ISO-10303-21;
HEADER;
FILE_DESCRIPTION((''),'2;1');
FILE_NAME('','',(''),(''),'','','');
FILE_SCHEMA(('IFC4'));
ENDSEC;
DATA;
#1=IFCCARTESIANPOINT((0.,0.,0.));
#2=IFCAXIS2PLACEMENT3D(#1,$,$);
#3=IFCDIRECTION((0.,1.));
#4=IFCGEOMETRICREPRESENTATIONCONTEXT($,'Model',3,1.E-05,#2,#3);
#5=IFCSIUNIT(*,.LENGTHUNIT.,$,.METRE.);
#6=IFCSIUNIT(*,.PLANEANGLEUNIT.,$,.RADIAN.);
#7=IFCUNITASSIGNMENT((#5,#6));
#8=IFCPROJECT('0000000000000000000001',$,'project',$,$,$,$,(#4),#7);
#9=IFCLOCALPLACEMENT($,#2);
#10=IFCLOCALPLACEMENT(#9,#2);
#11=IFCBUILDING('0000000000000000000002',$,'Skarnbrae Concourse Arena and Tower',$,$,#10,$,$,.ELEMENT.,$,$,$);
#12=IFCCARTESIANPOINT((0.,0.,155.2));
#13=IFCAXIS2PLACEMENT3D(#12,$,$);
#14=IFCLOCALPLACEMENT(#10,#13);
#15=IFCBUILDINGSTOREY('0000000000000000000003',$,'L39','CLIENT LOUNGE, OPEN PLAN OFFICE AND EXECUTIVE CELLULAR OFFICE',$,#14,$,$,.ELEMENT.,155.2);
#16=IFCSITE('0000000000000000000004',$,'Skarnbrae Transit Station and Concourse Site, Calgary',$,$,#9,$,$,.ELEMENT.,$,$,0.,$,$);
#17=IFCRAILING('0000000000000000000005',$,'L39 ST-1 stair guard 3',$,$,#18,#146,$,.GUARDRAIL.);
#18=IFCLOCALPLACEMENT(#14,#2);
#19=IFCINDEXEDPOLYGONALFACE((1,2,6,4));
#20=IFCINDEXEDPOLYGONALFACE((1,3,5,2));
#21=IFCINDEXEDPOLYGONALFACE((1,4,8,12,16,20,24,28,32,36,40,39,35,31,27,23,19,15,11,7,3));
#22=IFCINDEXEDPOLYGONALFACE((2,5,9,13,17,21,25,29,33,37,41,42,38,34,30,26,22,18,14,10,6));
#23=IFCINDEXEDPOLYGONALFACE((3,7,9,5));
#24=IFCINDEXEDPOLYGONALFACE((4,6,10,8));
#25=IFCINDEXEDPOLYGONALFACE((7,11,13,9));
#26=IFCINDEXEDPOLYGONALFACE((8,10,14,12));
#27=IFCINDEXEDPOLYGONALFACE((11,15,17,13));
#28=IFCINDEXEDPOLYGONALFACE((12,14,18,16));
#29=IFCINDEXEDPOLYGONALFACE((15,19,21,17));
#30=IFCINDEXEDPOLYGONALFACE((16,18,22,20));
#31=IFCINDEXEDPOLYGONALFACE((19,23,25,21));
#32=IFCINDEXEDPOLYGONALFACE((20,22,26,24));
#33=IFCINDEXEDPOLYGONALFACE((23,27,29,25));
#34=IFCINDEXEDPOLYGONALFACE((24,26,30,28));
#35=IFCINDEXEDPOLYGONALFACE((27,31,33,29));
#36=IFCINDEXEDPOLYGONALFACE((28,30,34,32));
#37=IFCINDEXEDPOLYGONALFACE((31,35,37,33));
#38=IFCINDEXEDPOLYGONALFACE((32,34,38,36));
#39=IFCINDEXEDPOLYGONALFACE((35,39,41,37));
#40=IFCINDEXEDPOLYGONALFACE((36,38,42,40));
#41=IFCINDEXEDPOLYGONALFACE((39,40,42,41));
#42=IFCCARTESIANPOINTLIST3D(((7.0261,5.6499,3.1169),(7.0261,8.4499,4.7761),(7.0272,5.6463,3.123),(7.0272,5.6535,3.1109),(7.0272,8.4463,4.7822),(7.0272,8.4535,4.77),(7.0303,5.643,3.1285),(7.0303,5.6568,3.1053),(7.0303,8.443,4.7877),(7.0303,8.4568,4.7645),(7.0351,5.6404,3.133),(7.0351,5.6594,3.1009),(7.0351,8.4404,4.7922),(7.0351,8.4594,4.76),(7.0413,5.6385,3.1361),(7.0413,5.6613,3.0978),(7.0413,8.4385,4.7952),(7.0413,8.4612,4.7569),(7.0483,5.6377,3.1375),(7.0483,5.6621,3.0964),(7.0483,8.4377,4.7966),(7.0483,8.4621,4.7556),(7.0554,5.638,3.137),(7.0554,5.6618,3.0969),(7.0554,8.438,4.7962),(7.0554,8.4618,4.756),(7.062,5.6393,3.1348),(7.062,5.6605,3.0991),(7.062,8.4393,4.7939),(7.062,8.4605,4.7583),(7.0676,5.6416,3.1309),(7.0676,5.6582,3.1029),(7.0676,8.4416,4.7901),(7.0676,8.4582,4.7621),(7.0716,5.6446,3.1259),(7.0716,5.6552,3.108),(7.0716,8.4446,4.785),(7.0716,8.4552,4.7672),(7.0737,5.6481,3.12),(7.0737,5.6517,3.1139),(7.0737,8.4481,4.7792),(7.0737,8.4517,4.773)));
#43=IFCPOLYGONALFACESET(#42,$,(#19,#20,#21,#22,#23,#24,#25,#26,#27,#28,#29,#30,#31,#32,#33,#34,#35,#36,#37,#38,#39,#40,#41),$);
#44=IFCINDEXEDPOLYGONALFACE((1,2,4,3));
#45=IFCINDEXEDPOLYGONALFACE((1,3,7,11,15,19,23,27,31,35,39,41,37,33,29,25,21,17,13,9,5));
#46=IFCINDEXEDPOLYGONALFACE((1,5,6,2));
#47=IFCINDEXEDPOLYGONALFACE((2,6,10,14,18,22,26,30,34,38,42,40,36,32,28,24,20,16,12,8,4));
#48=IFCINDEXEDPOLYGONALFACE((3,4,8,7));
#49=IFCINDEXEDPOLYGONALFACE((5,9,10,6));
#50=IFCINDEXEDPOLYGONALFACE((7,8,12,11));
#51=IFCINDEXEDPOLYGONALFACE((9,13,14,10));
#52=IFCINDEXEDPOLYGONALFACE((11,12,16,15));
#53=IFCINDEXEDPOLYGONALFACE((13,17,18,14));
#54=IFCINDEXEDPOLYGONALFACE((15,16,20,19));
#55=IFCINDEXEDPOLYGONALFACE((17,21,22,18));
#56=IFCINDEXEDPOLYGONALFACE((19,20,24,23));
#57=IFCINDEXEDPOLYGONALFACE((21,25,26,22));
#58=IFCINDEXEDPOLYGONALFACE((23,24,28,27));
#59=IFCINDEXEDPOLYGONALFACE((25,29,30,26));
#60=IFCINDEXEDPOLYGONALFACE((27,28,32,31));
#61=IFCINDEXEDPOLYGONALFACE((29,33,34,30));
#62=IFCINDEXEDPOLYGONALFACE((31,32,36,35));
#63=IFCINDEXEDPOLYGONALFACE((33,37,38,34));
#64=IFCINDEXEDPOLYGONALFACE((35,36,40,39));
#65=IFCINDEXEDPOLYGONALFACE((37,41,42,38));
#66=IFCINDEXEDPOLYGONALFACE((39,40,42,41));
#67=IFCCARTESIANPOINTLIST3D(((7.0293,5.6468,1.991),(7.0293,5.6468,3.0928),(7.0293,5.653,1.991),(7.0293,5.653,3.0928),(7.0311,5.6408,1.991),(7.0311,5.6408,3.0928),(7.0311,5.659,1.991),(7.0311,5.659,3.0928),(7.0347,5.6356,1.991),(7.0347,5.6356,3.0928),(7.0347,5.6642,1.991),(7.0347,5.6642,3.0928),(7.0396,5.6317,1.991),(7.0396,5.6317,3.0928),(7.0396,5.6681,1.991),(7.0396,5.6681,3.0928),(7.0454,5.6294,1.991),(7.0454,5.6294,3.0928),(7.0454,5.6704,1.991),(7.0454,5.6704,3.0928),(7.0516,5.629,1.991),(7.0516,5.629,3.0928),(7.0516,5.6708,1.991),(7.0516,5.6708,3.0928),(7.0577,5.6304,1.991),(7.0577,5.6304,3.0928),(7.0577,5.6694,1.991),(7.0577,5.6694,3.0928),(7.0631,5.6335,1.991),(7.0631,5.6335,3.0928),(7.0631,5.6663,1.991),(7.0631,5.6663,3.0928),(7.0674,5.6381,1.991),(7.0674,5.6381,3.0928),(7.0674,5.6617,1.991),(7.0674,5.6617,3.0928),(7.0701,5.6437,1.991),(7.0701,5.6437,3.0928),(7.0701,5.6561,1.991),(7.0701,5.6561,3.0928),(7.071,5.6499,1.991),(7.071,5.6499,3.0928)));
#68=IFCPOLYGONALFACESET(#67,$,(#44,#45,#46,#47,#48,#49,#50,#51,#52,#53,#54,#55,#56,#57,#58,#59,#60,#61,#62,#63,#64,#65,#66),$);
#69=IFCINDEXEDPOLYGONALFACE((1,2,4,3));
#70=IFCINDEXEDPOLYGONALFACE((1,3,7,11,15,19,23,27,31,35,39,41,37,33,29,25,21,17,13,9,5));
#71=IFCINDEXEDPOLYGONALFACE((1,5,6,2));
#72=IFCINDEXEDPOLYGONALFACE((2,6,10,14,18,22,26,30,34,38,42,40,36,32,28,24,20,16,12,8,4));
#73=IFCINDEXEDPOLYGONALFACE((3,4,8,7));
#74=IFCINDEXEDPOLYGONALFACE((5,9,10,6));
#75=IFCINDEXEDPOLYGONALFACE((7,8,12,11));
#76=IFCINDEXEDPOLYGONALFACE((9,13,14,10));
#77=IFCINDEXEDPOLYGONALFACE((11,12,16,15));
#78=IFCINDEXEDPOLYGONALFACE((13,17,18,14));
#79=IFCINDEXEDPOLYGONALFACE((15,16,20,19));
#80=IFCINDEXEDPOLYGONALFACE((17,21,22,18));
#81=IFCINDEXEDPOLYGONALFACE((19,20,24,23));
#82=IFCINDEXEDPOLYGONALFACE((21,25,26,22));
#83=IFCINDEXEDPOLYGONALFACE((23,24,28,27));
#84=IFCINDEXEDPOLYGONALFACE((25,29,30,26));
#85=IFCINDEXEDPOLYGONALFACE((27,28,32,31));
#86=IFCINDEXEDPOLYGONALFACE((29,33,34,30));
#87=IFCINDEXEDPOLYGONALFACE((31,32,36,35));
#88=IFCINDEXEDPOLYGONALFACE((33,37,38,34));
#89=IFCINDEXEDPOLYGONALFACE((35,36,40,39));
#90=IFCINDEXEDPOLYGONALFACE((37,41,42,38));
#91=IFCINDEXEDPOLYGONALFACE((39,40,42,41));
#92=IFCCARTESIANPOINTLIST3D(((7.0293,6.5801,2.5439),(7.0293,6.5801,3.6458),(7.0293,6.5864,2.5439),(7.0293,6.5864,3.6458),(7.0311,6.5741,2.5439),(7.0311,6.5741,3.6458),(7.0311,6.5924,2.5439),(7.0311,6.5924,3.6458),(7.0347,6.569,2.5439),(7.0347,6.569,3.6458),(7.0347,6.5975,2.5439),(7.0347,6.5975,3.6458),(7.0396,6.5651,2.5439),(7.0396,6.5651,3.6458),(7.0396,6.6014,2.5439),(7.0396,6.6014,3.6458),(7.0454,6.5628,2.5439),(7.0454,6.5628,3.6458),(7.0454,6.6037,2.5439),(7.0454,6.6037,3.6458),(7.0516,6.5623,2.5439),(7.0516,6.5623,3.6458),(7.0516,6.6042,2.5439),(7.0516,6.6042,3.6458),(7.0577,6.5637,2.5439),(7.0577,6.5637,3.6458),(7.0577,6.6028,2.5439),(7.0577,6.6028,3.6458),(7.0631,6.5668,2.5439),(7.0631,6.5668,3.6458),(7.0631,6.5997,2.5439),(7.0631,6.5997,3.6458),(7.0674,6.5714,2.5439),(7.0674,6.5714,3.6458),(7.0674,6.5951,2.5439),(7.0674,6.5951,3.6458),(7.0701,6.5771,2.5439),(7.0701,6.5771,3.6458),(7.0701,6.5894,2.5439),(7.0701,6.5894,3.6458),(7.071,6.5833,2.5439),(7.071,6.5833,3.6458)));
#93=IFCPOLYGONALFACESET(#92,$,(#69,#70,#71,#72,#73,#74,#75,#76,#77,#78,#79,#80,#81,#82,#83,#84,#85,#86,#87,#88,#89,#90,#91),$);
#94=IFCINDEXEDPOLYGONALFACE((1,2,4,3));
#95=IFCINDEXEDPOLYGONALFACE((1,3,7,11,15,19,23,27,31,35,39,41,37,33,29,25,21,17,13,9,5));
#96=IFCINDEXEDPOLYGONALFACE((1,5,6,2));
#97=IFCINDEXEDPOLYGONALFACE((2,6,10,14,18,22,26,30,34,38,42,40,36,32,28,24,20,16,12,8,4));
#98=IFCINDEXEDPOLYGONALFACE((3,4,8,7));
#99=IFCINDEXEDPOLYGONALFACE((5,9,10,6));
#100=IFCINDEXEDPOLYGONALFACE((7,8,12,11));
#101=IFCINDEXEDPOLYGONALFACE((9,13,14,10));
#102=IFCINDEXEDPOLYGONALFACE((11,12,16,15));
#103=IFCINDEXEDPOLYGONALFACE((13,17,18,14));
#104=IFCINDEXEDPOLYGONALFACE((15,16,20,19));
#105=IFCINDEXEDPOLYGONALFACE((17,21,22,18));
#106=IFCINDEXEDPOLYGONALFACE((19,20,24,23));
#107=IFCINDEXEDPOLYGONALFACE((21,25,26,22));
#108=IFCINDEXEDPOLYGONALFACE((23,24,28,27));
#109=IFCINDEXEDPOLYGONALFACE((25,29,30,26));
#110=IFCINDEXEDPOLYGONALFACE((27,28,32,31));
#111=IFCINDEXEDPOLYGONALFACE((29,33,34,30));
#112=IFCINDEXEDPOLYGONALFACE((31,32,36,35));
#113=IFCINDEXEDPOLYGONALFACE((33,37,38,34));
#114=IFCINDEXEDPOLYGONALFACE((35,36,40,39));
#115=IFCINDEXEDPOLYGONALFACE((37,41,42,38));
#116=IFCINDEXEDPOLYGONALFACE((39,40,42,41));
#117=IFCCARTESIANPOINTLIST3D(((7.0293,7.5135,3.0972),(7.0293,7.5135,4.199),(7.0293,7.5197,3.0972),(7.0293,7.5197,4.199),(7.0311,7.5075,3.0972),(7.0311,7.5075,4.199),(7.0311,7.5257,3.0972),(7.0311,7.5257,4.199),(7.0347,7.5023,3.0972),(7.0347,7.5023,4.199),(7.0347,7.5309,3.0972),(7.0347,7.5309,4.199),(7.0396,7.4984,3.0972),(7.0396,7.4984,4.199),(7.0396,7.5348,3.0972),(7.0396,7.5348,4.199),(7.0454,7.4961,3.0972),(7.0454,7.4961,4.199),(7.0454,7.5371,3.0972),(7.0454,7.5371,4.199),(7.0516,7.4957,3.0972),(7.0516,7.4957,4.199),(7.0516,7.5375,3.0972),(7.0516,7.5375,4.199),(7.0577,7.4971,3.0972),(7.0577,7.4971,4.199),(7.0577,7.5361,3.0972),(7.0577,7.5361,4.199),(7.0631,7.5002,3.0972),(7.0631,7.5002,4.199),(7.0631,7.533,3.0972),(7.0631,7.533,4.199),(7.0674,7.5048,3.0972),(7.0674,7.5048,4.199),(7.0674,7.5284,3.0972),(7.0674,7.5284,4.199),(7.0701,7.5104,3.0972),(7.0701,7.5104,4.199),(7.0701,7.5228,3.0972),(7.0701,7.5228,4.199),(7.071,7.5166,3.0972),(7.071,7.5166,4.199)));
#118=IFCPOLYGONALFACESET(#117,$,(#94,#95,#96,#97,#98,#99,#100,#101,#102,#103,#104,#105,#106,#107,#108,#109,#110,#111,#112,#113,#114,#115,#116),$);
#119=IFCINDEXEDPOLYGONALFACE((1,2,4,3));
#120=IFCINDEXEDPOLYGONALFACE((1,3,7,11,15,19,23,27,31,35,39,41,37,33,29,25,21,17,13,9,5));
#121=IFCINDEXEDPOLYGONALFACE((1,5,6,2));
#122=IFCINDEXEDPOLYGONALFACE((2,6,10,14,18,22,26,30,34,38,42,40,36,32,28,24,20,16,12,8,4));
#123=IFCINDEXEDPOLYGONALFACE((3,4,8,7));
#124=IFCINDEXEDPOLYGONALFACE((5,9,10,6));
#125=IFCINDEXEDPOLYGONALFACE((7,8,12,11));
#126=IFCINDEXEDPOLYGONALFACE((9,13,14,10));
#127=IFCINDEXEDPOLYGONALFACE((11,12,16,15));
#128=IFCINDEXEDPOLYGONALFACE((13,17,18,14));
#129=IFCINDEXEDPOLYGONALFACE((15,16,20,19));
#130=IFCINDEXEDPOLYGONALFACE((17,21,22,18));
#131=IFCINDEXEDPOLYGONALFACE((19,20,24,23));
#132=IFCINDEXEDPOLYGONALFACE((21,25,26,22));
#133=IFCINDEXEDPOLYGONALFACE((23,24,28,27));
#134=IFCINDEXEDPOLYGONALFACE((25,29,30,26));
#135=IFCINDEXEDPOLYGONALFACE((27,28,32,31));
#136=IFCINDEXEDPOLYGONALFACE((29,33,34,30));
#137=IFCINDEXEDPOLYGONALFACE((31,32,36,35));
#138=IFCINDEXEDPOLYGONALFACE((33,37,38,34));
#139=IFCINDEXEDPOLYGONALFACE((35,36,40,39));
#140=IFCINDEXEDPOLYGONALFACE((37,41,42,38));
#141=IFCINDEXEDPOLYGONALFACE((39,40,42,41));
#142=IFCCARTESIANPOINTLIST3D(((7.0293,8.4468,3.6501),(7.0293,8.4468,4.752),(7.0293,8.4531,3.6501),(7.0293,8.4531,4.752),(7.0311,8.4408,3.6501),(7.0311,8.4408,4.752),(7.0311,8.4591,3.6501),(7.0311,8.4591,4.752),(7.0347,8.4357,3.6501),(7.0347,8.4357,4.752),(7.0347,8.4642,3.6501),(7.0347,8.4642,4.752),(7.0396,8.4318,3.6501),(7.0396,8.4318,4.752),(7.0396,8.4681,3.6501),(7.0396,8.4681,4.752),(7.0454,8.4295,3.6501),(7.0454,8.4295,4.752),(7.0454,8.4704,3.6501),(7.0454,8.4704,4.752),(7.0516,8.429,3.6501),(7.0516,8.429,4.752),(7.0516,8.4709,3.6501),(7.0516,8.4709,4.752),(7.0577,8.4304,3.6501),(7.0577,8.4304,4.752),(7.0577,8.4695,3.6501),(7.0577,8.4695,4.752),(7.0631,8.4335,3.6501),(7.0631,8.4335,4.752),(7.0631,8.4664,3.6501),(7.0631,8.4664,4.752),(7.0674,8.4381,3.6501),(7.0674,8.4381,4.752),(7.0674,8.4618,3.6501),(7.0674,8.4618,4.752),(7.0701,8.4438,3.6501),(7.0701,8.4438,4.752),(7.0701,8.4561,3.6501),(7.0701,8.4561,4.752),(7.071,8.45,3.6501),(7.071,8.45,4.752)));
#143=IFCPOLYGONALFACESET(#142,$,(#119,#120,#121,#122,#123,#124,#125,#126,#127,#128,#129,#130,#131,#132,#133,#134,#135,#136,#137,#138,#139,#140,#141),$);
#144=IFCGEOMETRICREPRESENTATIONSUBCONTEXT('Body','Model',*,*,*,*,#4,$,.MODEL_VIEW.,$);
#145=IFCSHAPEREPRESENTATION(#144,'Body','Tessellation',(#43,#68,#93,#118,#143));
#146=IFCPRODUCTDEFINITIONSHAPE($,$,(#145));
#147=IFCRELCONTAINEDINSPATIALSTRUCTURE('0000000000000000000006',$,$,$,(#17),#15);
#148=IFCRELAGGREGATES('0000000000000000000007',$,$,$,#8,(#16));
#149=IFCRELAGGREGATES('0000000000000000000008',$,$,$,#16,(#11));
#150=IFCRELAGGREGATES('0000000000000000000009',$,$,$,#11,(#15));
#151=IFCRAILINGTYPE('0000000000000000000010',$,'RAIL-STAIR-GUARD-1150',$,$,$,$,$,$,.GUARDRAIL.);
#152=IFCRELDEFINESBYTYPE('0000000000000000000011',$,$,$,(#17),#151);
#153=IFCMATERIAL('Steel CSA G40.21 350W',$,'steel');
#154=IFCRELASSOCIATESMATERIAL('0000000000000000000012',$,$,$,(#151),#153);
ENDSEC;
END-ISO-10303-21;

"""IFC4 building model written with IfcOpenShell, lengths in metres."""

from ifc_helpers import new_model, si_unit, direction, frame, origin, origin_2d, place, context, subcontext, project, spatial, circle, extrude, material, type_object, element, save


model = new_model("IFC4")

# Units and contexts
model_context = context("Model", 3, precision=1e-05, world=origin(), true_north=direction((0.0, 1.0)))
body_context = subcontext(model_context, "Body", "Model", "MODEL_VIEW")
ifc_project = project(units=[si_unit("LENGTHUNIT", "METRE"), si_unit("PLANEANGLEUNIT", "RADIAN")], contexts=[model_context])

# Site, building, storey
site_placement = place(None, origin())
site = spatial("IfcSite", under=ifc_project, at=site_placement, Name="Skarnbrae Transit Station and Concourse Site, Calgary", CompositionType="ELEMENT", RefElevation=0.0)
building_placement = place(site_placement, origin())
building = spatial("IfcBuilding", under=site, at=building_placement, Name="Skarnbrae Concourse Arena and Tower", CompositionType="ELEMENT")
storey_placement = place(building_placement, frame((0.0, 0.0, 155.2)))
storey = spatial("IfcBuildingStorey", under=building, at=storey_placement, Name="L39", Description="CLIENT LOUNGE, OPEN PLAN OFFICE AND EXECUTIVE CELLULAR OFFICE", CompositionType="ELEMENT", Elevation=155.2)

# Railing
ifc_material_1 = material(Name="Steel CSA G40.21 350W", Category="steel")
railing_type_1 = type_object("IfcRailingType", Name="RAIL-STAIR-GUARD-1150", PredefinedType="GUARDRAIL", material=ifc_material_1)
railing_1_placement = place(storey_placement, frame((7.05, 5.6499, 1.991)))
element("IfcRailing", 1, at=railing_1_placement, inside=storey, type_object=railing_type_1, Name="L39 ST-1 stair guard 3", PredefinedType="GUARDRAIL", context=body_context, shape_type="SweptSolid", body=[
    extrude(circle(Radius=0.0239, at=origin_2d()), frame((0.0, 0.0, 1.126), z_axis=(0.0, 0.860306, 0.509778), x_axis=(-1.0, 0.0, 0.0)), (0.0, 0.0, 1.0), 3.2546),
    extrude(circle(Radius=0.021, at=origin_2d()), origin(), (0.0, 0.0, 1.0), 1.1018),
    extrude(circle(Radius=0.021, at=origin_2d()), frame((0.0, 0.9333, 0.553)), (0.0, 0.0, 1.0), 1.1018),
    extrude(circle(Radius=0.021, at=origin_2d()), frame((0.0, 1.8667, 1.1062)), (0.0, 0.0, 1.0), 1.1018),
    extrude(circle(Radius=0.021, at=origin_2d()), frame((0.0, 2.8, 1.6592)), (0.0, 0.0, 1.0), 1.1018),
])

save(model, "model.ifc")
